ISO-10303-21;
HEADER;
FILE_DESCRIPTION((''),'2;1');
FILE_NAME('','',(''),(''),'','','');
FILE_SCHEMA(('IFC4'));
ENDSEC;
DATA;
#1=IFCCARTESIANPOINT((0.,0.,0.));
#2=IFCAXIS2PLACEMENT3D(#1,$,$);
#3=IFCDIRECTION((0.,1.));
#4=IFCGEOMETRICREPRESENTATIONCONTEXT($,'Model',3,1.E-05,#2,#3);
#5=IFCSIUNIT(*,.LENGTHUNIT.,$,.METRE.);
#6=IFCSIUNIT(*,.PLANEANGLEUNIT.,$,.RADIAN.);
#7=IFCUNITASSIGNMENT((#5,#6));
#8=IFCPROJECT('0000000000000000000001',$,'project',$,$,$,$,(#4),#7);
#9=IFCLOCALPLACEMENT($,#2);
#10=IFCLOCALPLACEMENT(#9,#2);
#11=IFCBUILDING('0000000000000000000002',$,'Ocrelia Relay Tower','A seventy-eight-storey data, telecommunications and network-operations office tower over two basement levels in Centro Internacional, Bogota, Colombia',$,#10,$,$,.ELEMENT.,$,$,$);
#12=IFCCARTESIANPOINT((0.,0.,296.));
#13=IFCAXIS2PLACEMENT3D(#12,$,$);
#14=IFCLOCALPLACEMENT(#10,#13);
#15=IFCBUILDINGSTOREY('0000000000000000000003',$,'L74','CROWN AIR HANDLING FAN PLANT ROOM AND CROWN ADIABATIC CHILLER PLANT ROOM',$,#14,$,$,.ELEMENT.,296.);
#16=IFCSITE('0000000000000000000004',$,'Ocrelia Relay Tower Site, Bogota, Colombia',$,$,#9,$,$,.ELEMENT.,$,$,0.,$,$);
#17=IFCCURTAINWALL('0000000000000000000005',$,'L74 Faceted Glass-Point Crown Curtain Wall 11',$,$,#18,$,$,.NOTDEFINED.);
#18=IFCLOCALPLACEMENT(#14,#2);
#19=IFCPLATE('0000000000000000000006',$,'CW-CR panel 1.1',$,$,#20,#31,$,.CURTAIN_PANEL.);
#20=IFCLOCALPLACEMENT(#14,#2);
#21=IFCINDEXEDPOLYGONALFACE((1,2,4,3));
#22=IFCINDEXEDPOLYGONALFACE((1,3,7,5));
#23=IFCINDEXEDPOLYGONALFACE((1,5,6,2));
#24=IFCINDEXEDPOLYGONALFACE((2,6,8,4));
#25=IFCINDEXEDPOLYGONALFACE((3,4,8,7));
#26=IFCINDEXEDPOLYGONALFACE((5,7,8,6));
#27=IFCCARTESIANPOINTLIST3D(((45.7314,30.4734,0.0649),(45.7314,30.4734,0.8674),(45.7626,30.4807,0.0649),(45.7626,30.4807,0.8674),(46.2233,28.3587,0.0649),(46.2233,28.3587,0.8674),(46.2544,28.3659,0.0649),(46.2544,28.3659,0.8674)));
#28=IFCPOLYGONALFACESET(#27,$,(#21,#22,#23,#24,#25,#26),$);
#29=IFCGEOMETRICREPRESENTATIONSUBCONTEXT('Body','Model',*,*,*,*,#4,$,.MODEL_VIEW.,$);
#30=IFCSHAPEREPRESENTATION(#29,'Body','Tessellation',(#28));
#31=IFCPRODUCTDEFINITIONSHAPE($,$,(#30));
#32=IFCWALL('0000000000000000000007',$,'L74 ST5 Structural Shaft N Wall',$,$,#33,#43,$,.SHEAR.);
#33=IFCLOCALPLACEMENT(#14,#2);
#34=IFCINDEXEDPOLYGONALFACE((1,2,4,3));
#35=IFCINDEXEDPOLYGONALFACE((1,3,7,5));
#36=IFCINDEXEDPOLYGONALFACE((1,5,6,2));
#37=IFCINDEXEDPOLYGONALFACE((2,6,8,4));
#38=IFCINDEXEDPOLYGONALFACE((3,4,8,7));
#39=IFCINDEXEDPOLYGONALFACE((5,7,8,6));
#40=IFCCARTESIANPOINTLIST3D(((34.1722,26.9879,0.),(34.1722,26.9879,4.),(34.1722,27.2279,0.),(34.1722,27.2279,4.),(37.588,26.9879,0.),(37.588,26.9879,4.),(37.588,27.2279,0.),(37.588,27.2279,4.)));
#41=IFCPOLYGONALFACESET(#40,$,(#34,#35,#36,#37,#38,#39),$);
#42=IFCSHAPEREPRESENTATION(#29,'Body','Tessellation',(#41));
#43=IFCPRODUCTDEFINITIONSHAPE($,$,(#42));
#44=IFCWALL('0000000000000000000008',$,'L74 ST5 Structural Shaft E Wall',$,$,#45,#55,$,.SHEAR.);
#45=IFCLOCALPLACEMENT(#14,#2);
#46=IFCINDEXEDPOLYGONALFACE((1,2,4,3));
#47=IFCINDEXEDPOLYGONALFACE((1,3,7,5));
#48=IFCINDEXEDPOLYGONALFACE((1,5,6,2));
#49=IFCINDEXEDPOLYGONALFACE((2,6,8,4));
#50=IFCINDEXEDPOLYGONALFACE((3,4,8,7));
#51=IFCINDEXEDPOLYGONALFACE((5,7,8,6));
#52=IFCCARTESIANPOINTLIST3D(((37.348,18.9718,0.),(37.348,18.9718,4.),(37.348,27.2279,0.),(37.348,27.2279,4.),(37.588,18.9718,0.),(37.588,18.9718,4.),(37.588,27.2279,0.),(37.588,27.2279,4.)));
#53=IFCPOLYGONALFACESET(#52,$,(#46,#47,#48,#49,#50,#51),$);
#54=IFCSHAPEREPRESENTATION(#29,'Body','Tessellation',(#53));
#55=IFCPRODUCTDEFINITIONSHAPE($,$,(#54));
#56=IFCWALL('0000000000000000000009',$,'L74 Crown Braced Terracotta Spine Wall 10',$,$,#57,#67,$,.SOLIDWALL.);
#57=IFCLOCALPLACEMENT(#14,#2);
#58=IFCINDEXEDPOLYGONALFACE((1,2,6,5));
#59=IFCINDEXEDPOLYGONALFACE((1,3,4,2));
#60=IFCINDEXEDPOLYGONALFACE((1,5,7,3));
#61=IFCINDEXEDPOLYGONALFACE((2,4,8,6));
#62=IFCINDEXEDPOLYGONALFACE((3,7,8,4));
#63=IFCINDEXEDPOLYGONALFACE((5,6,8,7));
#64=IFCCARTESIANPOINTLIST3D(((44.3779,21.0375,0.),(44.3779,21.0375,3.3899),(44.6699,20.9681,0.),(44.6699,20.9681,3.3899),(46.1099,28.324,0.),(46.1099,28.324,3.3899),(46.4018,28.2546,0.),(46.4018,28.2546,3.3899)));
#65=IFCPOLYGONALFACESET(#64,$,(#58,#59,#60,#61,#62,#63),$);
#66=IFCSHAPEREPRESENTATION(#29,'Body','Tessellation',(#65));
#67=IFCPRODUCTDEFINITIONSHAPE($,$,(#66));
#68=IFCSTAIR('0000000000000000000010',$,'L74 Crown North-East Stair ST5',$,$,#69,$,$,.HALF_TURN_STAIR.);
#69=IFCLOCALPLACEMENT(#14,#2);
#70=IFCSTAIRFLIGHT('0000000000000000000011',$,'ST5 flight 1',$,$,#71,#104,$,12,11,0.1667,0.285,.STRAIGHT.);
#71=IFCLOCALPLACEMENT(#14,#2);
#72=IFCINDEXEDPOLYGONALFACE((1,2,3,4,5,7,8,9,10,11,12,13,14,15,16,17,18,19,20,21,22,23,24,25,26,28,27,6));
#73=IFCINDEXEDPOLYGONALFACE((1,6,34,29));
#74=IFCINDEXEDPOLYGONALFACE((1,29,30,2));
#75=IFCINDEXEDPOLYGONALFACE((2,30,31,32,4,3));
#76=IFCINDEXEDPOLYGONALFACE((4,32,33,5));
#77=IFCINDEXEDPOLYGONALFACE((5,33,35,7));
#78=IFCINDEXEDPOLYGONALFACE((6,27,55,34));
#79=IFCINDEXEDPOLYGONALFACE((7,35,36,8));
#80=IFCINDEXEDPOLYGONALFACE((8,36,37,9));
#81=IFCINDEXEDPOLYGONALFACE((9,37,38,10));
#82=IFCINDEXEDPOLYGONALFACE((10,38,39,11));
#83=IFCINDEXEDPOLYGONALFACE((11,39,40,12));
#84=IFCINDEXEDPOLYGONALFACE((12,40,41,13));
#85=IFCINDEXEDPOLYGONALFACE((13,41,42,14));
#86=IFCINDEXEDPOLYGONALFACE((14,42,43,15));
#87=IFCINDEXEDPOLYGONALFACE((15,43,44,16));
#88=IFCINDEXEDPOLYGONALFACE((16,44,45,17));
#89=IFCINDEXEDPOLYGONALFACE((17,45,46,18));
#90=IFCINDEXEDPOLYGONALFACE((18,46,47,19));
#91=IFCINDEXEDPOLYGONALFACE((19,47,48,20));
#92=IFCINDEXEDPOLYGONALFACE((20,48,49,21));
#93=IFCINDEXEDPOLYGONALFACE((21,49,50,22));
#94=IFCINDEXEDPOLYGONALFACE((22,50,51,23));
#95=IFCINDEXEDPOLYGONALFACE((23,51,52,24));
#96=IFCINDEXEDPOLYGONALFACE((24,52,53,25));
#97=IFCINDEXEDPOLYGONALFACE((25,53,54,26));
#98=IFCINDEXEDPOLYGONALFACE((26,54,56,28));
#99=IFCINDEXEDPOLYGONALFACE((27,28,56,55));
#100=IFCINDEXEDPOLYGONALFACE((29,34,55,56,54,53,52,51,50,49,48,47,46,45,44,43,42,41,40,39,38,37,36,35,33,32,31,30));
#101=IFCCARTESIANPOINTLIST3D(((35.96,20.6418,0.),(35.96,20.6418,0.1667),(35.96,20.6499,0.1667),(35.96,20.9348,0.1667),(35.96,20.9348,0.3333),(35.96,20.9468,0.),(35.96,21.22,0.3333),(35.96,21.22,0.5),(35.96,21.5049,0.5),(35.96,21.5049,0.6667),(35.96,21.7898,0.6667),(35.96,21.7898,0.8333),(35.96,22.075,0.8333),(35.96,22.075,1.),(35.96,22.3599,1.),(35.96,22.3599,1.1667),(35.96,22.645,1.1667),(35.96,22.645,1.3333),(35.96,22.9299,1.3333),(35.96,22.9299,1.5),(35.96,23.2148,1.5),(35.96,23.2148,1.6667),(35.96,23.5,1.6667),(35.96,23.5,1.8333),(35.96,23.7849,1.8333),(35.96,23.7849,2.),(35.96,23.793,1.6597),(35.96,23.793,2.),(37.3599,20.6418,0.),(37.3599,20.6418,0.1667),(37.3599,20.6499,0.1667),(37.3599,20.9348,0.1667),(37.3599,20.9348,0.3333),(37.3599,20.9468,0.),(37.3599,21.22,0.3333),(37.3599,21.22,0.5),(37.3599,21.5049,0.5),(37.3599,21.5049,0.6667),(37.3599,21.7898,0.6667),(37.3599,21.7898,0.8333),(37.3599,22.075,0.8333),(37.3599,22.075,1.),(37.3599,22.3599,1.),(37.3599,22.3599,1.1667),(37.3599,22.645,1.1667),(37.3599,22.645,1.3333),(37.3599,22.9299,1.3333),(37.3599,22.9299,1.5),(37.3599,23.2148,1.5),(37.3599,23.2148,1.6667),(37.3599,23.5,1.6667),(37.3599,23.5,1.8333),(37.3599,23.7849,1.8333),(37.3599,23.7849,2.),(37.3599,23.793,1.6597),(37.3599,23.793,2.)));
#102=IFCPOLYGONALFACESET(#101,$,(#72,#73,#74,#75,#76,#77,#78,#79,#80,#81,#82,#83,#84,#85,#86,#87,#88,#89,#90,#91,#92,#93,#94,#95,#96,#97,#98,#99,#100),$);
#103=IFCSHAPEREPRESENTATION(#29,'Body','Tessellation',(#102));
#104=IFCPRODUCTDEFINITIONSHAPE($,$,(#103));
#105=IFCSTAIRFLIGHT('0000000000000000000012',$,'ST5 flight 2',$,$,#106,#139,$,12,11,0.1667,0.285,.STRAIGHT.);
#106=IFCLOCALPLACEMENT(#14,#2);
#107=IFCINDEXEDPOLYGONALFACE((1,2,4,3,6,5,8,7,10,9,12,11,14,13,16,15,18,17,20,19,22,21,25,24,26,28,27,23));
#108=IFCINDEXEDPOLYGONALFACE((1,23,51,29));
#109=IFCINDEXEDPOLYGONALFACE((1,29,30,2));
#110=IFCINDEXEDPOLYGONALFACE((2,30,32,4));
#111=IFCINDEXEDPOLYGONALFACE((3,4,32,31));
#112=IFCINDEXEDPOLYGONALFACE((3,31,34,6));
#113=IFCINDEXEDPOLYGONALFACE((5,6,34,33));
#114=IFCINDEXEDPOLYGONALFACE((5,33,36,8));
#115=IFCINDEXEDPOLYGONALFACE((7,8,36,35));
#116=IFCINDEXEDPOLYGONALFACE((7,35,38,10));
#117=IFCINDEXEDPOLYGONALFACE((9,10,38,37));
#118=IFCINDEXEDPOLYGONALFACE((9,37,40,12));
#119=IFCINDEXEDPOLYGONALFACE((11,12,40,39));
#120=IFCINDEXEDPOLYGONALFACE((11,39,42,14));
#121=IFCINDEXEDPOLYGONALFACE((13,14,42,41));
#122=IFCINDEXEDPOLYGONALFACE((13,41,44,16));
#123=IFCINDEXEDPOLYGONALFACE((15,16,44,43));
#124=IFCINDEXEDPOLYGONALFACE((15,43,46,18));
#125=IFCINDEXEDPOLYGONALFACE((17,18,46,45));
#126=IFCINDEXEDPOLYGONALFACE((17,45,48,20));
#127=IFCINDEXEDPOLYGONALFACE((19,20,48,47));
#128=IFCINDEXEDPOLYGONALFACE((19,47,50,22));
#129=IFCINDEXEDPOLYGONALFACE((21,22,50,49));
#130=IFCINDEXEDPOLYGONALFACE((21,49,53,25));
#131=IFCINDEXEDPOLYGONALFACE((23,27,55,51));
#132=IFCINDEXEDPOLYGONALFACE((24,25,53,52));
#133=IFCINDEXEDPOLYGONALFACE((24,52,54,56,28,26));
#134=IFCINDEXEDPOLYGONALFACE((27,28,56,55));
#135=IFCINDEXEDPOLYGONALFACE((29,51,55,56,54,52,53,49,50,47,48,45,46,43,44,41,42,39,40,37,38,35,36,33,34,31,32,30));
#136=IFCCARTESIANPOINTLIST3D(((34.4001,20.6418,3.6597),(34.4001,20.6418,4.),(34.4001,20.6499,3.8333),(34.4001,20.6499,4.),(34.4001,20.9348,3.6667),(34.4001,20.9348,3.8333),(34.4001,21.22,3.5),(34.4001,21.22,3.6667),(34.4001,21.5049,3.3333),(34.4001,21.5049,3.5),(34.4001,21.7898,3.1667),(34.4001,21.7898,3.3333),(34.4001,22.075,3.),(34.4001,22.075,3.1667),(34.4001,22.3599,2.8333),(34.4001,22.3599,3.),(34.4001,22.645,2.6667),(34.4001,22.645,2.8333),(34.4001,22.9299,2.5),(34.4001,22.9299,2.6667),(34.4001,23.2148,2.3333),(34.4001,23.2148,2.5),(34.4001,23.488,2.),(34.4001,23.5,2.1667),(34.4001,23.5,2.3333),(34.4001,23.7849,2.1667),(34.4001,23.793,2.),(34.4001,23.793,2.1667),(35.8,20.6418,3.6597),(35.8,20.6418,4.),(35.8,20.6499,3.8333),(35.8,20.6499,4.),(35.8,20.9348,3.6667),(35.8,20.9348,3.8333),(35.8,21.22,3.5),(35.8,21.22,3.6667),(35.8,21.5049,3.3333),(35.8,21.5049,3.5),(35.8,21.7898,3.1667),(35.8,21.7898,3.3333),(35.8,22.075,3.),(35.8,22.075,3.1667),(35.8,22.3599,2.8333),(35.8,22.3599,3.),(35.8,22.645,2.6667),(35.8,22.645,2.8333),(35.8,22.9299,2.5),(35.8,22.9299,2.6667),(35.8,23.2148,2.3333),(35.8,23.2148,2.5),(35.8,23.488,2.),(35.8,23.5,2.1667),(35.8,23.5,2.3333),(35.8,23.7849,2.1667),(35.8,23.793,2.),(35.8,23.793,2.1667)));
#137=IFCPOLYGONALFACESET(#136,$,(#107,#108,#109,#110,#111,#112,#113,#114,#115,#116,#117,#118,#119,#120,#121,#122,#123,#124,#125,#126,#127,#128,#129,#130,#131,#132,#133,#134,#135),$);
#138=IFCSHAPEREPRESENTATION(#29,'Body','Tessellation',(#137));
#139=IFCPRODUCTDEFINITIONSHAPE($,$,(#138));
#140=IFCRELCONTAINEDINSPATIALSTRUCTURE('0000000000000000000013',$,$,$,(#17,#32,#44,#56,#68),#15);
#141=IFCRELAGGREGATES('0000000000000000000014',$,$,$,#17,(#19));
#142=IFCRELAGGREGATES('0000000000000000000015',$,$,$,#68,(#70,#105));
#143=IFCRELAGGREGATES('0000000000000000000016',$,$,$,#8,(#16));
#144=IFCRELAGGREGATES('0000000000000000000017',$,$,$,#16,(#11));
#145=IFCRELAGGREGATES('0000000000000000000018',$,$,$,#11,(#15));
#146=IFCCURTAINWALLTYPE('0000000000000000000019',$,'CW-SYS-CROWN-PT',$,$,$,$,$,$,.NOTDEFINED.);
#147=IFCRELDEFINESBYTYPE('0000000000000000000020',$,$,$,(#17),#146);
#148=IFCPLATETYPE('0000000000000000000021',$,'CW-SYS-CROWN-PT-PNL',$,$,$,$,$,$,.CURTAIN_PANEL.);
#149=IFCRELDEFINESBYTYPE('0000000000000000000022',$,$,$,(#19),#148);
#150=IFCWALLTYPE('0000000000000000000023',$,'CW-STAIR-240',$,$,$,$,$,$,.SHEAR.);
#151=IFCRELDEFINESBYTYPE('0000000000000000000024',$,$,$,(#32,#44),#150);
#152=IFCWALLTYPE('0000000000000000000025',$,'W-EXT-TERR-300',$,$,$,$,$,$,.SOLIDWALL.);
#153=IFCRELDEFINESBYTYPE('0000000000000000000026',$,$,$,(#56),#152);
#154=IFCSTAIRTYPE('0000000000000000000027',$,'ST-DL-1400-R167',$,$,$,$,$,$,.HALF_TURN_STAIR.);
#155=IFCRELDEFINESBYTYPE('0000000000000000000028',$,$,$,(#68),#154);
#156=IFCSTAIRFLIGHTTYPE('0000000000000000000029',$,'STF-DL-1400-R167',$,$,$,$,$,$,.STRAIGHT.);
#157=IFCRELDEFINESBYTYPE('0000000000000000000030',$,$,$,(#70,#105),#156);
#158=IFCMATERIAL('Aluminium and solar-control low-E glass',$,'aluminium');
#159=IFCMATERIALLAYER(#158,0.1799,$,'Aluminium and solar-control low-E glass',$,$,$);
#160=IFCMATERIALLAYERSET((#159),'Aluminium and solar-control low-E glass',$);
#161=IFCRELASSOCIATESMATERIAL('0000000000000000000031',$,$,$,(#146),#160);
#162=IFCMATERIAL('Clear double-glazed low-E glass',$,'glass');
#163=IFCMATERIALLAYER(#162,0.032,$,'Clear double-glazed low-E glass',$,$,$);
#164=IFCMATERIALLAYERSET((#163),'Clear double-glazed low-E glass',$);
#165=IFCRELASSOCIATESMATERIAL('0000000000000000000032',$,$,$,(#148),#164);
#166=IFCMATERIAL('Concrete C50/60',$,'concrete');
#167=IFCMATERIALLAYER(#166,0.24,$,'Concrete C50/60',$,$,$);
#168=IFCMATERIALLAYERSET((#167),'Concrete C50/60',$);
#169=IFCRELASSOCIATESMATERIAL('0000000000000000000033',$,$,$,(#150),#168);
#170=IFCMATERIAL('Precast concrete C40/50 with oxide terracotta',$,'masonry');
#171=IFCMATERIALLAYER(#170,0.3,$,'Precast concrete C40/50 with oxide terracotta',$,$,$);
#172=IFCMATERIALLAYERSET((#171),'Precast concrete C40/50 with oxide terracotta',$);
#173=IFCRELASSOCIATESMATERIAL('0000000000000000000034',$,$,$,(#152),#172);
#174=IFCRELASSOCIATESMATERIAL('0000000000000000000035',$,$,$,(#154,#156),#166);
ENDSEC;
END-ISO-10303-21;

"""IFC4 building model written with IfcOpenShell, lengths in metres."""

from ifc_helpers import new_model, si_unit, direction, frame, frame_2d, origin, origin_2d, place, context, subcontext, project, spatial, polyline, rectangle, outline, extrude, material, layer, layer_set, type_object, element, aggregate, save


model = new_model("IFC4")

# Units and contexts
model_context = context("Model", 3, precision=1e-05, world=origin(), true_north=direction((0.0, 1.0)))
body_context = subcontext(model_context, "Body", "Model", "MODEL_VIEW")
ifc_project = project(units=[si_unit("LENGTHUNIT", "METRE"), si_unit("PLANEANGLEUNIT", "RADIAN")], contexts=[model_context])

# Site, building, storey
site_placement = place(None, origin())
site = spatial("IfcSite", under=ifc_project, at=site_placement, Name="Ocrelia Relay Tower Site, Bogota, Colombia", CompositionType="ELEMENT", RefElevation=0.0)
building_placement = place(site_placement, origin())
building = spatial("IfcBuilding", under=site, at=building_placement, Name="Ocrelia Relay Tower", Description="A seventy-eight-storey data, telecommunications and network-operations office tower over two basement levels in Centro Internacional, Bogota, Colombia", CompositionType="ELEMENT")
storey_placement = place(building_placement, frame((0.0, 0.0, 296.0)))
storey = spatial("IfcBuildingStorey", under=building, at=storey_placement, Name="L74", Description="CROWN AIR HANDLING FAN PLANT ROOM AND CROWN ADIABATIC CHILLER PLANT ROOM", CompositionType="ELEMENT", Elevation=296.0)

# Shared definitions
ifc_material_1 = material(Name="Concrete C50/60", Category="concrete")

# Shared definitions
ifc_material_2 = material(Name="Aluminium and solar-control low-E glass", Category="aluminium")
ifc_layer_1 = layer(ifc_material_2, 0.1799, Name="Aluminium and solar-control low-E glass")
ifc_layer_set_1 = layer_set([ifc_layer_1], Name="Aluminium and solar-control low-E glass")
curtain_wall_type = type_object("IfcCurtainWallType", Name="CW-SYS-CROWN-PT", PredefinedType="NOTDEFINED", material=ifc_layer_set_1)

# Curtain wall
curtain_wall_1_placement = place(storey_placement, origin())
curtain_wall_1 = element("IfcCurtainWall", 1, at=curtain_wall_1_placement, inside=storey, type_object=curtain_wall_type, Name="L74 Faceted Glass-Point Crown Curtain Wall 11", PredefinedType="NOTDEFINED")

# Plate
ifc_material_3 = material(Name="Clear double-glazed low-E glass", Category="glass")
ifc_layer_2 = layer(ifc_material_3, 0.032, Name="Clear double-glazed low-E glass")
ifc_layer_set_2 = layer_set([ifc_layer_2], Name="Clear double-glazed low-E glass")
plate_type = type_object("IfcPlateType", Name="CW-SYS-CROWN-PT-PNL", PredefinedType="CURTAIN_PANEL", material=ifc_layer_set_2)
plate_1_placement = place(storey_placement, frame((45.9929, 29.4197, 0.0649), z_axis=(0.0, 0.0, 1.0), x_axis=(-0.226533, 0.974004, 0.0)))
plate_1 = element("IfcPlate", 2, at=plate_1_placement, type_object=plate_type, Name="CW-CR panel 1.1", PredefinedType="CURTAIN_PANEL", context=body_context, shape_type="SweptSolid", body=[
    extrude(rectangle(XDim=2.1711, YDim=0.032, at=origin_2d()), origin(), (0.0, 0.0, 1.0), 0.8025),
])
aggregate(curtain_wall_1, [plate_1])

# Shared definitions
ifc_layer_3 = layer(ifc_material_1, 0.24, Name="Concrete C50/60")
ifc_layer_set_3 = layer_set([ifc_layer_3], Name="Concrete C50/60")
wall_type_1 = type_object("IfcWallType", Name="CW-STAIR-240", PredefinedType="SHEAR", material=ifc_layer_set_3)

# Walls
wall_1_placement = place(storey_placement, frame((34.1721, 27.1079, 0.0), z_axis=(0.0, 0.0, 1.0), x_axis=(1.0, 0.0, 0.0)))
element("IfcWall", 3, at=wall_1_placement, inside=storey, type_object=wall_type_1, Name="L74 ST5 Structural Shaft N Wall", PredefinedType="SHEAR", context=body_context, shape_type="SweptSolid", body=[
    extrude(rectangle(XDim=3.4158, YDim=0.24, at=frame_2d((1.708, 0.0))), origin(), (0.0, 0.0, 1.0), 4.0),
])
wall_2_placement = place(storey_placement, frame((37.468, 18.9719, 0.0), z_axis=(0.0, 0.0, 1.0), x_axis=(0.0, 1.0, 0.0)))
element("IfcWall", 4, at=wall_2_placement, inside=storey, type_object=wall_type_1, Name="L74 ST5 Structural Shaft E Wall", PredefinedType="SHEAR", context=body_context, shape_type="SweptSolid", body=[
    extrude(rectangle(XDim=8.2561, YDim=0.24, at=frame_2d((4.1279, 0.0))), origin(), (0.0, 0.0, 1.0), 4.0),
])
ifc_material_4 = material(Name="Precast concrete C40/50 with oxide terracotta", Category="masonry")
ifc_layer_4 = layer(ifc_material_4, 0.3, Name="Precast concrete C40/50 with oxide terracotta")
ifc_layer_set_4 = layer_set([ifc_layer_4], Name="Precast concrete C40/50 with oxide terracotta")
wall_type_2 = type_object("IfcWallType", Name="W-EXT-TERR-300", PredefinedType="SOLIDWALL", material=ifc_layer_set_4)
wall_3_placement = place(storey_placement, frame((44.5239, 21.0029, 0.0), z_axis=(0.0, 0.0, 1.0), x_axis=(0.231252, 0.972894, 0.0)))
element("IfcWall", 5, at=wall_3_placement, inside=storey, type_object=wall_type_2, Name="L74 Crown Braced Terracotta Spine Wall 10", PredefinedType="SOLIDWALL", context=body_context, shape_type="SweptSolid", body=[
    extrude(rectangle(XDim=7.4895, YDim=0.3, at=frame_2d((3.7446, 0.0))), origin(), (0.0, 0.0, 1.0), 3.3899),
])

# Stair, stair flights
stair_type = type_object("IfcStairType", Name="ST-DL-1400-R167", PredefinedType="HALF_TURN_STAIR", material=ifc_material_1)
stair_placement = place(storey_placement, origin())
stair = element("IfcStair", 6, at=stair_placement, inside=storey, type_object=stair_type, Name="L74 Crown North-East Stair ST5", PredefinedType="HALF_TURN_STAIR")
stair_flight_type = type_object("IfcStairFlightType", Name="STF-DL-1400-R167", PredefinedType="STRAIGHT", material=ifc_material_1)
stair_flight_1_placement = place(storey_placement, frame((36.6599, 20.6499, 0.0), z_axis=(0.0, 0.0, 1.0), x_axis=(0.0, 1.0, 0.0)))
stair_flight_1 = element("IfcStairFlight", 7, at=stair_flight_1_placement, type_object=stair_flight_type, Name="ST5 flight 1", NumberOfRisers=12, NumberOfTreads=11, PredefinedType="STRAIGHT", RiserHeight=0.1667, TreadLength=0.285, context=body_context, shape_type="SweptSolid", body=[
    extrude(outline(polyline([(-0.0081, 0.0), (-0.0081, 0.1667), (0.0, 0.1667), (0.2849, 0.1667), (0.2849, 0.3333), (0.5701, 0.3333), (0.5701, 0.5), (0.855, 0.5), (0.855, 0.6667), (1.1399, 0.6667), (1.1399, 0.8333), (1.425, 0.8333), (1.425, 1.0), (1.71, 1.0), (1.71, 1.1667), (1.9951, 1.1667), (1.9951, 1.3333), (2.28, 1.3333), (2.28, 1.5), (2.5649, 1.5), (2.5649, 1.6667), (2.8501, 1.6667), (2.8501, 1.8333), (3.135, 1.8333), (3.135, 2.0), (3.1431, 2.0), (3.1431, 1.6597), (0.2969, 0.0), (-0.0081, 0.0)])), frame((0.0, 0.7, 0.0), z_axis=(0.0, -1.0, 0.0), x_axis=(1.0, 0.0, 0.0)), (0.0, 0.0, 1.0), 1.3999),
])
stair_flight_2_placement = place(storey_placement, frame((35.1001, 23.7849, 2.0), z_axis=(0.0, 0.0, 1.0), x_axis=(0.0, -1.0, 0.0)))
stair_flight_2 = element("IfcStairFlight", 8, at=stair_flight_2_placement, type_object=stair_flight_type, Name="ST5 flight 2", NumberOfRisers=12, NumberOfTreads=11, PredefinedType="STRAIGHT", RiserHeight=0.1667, TreadLength=0.285, context=body_context, shape_type="SweptSolid", body=[
    extrude(outline(polyline([(-0.0081, 0.0), (-0.0081, 0.1667), (0.0, 0.1667), (0.2849, 0.1667), (0.2849, 0.3333), (0.5701, 0.3333), (0.5701, 0.5), (0.855, 0.5), (0.855, 0.6667), (1.1399, 0.6667), (1.1399, 0.8333), (1.425, 0.8333), (1.425, 1.0), (1.71, 1.0), (1.71, 1.1667), (1.9951, 1.1667), (1.9951, 1.3333), (2.28, 1.3333), (2.28, 1.5), (2.5649, 1.5), (2.5649, 1.6667), (2.8501, 1.6667), (2.8501, 1.8333), (3.135, 1.8333), (3.135, 2.0), (3.1431, 2.0), (3.1431, 1.6597), (0.2969, 0.0), (-0.0081, 0.0)])), frame((0.0, 0.7, 0.0), z_axis=(0.0, -1.0, 0.0), x_axis=(1.0, 0.0, 0.0)), (0.0, 0.0, 1.0), 1.3999),
])
aggregate(stair, [stair_flight_1, stair_flight_2])

save(model, "model.ifc")
